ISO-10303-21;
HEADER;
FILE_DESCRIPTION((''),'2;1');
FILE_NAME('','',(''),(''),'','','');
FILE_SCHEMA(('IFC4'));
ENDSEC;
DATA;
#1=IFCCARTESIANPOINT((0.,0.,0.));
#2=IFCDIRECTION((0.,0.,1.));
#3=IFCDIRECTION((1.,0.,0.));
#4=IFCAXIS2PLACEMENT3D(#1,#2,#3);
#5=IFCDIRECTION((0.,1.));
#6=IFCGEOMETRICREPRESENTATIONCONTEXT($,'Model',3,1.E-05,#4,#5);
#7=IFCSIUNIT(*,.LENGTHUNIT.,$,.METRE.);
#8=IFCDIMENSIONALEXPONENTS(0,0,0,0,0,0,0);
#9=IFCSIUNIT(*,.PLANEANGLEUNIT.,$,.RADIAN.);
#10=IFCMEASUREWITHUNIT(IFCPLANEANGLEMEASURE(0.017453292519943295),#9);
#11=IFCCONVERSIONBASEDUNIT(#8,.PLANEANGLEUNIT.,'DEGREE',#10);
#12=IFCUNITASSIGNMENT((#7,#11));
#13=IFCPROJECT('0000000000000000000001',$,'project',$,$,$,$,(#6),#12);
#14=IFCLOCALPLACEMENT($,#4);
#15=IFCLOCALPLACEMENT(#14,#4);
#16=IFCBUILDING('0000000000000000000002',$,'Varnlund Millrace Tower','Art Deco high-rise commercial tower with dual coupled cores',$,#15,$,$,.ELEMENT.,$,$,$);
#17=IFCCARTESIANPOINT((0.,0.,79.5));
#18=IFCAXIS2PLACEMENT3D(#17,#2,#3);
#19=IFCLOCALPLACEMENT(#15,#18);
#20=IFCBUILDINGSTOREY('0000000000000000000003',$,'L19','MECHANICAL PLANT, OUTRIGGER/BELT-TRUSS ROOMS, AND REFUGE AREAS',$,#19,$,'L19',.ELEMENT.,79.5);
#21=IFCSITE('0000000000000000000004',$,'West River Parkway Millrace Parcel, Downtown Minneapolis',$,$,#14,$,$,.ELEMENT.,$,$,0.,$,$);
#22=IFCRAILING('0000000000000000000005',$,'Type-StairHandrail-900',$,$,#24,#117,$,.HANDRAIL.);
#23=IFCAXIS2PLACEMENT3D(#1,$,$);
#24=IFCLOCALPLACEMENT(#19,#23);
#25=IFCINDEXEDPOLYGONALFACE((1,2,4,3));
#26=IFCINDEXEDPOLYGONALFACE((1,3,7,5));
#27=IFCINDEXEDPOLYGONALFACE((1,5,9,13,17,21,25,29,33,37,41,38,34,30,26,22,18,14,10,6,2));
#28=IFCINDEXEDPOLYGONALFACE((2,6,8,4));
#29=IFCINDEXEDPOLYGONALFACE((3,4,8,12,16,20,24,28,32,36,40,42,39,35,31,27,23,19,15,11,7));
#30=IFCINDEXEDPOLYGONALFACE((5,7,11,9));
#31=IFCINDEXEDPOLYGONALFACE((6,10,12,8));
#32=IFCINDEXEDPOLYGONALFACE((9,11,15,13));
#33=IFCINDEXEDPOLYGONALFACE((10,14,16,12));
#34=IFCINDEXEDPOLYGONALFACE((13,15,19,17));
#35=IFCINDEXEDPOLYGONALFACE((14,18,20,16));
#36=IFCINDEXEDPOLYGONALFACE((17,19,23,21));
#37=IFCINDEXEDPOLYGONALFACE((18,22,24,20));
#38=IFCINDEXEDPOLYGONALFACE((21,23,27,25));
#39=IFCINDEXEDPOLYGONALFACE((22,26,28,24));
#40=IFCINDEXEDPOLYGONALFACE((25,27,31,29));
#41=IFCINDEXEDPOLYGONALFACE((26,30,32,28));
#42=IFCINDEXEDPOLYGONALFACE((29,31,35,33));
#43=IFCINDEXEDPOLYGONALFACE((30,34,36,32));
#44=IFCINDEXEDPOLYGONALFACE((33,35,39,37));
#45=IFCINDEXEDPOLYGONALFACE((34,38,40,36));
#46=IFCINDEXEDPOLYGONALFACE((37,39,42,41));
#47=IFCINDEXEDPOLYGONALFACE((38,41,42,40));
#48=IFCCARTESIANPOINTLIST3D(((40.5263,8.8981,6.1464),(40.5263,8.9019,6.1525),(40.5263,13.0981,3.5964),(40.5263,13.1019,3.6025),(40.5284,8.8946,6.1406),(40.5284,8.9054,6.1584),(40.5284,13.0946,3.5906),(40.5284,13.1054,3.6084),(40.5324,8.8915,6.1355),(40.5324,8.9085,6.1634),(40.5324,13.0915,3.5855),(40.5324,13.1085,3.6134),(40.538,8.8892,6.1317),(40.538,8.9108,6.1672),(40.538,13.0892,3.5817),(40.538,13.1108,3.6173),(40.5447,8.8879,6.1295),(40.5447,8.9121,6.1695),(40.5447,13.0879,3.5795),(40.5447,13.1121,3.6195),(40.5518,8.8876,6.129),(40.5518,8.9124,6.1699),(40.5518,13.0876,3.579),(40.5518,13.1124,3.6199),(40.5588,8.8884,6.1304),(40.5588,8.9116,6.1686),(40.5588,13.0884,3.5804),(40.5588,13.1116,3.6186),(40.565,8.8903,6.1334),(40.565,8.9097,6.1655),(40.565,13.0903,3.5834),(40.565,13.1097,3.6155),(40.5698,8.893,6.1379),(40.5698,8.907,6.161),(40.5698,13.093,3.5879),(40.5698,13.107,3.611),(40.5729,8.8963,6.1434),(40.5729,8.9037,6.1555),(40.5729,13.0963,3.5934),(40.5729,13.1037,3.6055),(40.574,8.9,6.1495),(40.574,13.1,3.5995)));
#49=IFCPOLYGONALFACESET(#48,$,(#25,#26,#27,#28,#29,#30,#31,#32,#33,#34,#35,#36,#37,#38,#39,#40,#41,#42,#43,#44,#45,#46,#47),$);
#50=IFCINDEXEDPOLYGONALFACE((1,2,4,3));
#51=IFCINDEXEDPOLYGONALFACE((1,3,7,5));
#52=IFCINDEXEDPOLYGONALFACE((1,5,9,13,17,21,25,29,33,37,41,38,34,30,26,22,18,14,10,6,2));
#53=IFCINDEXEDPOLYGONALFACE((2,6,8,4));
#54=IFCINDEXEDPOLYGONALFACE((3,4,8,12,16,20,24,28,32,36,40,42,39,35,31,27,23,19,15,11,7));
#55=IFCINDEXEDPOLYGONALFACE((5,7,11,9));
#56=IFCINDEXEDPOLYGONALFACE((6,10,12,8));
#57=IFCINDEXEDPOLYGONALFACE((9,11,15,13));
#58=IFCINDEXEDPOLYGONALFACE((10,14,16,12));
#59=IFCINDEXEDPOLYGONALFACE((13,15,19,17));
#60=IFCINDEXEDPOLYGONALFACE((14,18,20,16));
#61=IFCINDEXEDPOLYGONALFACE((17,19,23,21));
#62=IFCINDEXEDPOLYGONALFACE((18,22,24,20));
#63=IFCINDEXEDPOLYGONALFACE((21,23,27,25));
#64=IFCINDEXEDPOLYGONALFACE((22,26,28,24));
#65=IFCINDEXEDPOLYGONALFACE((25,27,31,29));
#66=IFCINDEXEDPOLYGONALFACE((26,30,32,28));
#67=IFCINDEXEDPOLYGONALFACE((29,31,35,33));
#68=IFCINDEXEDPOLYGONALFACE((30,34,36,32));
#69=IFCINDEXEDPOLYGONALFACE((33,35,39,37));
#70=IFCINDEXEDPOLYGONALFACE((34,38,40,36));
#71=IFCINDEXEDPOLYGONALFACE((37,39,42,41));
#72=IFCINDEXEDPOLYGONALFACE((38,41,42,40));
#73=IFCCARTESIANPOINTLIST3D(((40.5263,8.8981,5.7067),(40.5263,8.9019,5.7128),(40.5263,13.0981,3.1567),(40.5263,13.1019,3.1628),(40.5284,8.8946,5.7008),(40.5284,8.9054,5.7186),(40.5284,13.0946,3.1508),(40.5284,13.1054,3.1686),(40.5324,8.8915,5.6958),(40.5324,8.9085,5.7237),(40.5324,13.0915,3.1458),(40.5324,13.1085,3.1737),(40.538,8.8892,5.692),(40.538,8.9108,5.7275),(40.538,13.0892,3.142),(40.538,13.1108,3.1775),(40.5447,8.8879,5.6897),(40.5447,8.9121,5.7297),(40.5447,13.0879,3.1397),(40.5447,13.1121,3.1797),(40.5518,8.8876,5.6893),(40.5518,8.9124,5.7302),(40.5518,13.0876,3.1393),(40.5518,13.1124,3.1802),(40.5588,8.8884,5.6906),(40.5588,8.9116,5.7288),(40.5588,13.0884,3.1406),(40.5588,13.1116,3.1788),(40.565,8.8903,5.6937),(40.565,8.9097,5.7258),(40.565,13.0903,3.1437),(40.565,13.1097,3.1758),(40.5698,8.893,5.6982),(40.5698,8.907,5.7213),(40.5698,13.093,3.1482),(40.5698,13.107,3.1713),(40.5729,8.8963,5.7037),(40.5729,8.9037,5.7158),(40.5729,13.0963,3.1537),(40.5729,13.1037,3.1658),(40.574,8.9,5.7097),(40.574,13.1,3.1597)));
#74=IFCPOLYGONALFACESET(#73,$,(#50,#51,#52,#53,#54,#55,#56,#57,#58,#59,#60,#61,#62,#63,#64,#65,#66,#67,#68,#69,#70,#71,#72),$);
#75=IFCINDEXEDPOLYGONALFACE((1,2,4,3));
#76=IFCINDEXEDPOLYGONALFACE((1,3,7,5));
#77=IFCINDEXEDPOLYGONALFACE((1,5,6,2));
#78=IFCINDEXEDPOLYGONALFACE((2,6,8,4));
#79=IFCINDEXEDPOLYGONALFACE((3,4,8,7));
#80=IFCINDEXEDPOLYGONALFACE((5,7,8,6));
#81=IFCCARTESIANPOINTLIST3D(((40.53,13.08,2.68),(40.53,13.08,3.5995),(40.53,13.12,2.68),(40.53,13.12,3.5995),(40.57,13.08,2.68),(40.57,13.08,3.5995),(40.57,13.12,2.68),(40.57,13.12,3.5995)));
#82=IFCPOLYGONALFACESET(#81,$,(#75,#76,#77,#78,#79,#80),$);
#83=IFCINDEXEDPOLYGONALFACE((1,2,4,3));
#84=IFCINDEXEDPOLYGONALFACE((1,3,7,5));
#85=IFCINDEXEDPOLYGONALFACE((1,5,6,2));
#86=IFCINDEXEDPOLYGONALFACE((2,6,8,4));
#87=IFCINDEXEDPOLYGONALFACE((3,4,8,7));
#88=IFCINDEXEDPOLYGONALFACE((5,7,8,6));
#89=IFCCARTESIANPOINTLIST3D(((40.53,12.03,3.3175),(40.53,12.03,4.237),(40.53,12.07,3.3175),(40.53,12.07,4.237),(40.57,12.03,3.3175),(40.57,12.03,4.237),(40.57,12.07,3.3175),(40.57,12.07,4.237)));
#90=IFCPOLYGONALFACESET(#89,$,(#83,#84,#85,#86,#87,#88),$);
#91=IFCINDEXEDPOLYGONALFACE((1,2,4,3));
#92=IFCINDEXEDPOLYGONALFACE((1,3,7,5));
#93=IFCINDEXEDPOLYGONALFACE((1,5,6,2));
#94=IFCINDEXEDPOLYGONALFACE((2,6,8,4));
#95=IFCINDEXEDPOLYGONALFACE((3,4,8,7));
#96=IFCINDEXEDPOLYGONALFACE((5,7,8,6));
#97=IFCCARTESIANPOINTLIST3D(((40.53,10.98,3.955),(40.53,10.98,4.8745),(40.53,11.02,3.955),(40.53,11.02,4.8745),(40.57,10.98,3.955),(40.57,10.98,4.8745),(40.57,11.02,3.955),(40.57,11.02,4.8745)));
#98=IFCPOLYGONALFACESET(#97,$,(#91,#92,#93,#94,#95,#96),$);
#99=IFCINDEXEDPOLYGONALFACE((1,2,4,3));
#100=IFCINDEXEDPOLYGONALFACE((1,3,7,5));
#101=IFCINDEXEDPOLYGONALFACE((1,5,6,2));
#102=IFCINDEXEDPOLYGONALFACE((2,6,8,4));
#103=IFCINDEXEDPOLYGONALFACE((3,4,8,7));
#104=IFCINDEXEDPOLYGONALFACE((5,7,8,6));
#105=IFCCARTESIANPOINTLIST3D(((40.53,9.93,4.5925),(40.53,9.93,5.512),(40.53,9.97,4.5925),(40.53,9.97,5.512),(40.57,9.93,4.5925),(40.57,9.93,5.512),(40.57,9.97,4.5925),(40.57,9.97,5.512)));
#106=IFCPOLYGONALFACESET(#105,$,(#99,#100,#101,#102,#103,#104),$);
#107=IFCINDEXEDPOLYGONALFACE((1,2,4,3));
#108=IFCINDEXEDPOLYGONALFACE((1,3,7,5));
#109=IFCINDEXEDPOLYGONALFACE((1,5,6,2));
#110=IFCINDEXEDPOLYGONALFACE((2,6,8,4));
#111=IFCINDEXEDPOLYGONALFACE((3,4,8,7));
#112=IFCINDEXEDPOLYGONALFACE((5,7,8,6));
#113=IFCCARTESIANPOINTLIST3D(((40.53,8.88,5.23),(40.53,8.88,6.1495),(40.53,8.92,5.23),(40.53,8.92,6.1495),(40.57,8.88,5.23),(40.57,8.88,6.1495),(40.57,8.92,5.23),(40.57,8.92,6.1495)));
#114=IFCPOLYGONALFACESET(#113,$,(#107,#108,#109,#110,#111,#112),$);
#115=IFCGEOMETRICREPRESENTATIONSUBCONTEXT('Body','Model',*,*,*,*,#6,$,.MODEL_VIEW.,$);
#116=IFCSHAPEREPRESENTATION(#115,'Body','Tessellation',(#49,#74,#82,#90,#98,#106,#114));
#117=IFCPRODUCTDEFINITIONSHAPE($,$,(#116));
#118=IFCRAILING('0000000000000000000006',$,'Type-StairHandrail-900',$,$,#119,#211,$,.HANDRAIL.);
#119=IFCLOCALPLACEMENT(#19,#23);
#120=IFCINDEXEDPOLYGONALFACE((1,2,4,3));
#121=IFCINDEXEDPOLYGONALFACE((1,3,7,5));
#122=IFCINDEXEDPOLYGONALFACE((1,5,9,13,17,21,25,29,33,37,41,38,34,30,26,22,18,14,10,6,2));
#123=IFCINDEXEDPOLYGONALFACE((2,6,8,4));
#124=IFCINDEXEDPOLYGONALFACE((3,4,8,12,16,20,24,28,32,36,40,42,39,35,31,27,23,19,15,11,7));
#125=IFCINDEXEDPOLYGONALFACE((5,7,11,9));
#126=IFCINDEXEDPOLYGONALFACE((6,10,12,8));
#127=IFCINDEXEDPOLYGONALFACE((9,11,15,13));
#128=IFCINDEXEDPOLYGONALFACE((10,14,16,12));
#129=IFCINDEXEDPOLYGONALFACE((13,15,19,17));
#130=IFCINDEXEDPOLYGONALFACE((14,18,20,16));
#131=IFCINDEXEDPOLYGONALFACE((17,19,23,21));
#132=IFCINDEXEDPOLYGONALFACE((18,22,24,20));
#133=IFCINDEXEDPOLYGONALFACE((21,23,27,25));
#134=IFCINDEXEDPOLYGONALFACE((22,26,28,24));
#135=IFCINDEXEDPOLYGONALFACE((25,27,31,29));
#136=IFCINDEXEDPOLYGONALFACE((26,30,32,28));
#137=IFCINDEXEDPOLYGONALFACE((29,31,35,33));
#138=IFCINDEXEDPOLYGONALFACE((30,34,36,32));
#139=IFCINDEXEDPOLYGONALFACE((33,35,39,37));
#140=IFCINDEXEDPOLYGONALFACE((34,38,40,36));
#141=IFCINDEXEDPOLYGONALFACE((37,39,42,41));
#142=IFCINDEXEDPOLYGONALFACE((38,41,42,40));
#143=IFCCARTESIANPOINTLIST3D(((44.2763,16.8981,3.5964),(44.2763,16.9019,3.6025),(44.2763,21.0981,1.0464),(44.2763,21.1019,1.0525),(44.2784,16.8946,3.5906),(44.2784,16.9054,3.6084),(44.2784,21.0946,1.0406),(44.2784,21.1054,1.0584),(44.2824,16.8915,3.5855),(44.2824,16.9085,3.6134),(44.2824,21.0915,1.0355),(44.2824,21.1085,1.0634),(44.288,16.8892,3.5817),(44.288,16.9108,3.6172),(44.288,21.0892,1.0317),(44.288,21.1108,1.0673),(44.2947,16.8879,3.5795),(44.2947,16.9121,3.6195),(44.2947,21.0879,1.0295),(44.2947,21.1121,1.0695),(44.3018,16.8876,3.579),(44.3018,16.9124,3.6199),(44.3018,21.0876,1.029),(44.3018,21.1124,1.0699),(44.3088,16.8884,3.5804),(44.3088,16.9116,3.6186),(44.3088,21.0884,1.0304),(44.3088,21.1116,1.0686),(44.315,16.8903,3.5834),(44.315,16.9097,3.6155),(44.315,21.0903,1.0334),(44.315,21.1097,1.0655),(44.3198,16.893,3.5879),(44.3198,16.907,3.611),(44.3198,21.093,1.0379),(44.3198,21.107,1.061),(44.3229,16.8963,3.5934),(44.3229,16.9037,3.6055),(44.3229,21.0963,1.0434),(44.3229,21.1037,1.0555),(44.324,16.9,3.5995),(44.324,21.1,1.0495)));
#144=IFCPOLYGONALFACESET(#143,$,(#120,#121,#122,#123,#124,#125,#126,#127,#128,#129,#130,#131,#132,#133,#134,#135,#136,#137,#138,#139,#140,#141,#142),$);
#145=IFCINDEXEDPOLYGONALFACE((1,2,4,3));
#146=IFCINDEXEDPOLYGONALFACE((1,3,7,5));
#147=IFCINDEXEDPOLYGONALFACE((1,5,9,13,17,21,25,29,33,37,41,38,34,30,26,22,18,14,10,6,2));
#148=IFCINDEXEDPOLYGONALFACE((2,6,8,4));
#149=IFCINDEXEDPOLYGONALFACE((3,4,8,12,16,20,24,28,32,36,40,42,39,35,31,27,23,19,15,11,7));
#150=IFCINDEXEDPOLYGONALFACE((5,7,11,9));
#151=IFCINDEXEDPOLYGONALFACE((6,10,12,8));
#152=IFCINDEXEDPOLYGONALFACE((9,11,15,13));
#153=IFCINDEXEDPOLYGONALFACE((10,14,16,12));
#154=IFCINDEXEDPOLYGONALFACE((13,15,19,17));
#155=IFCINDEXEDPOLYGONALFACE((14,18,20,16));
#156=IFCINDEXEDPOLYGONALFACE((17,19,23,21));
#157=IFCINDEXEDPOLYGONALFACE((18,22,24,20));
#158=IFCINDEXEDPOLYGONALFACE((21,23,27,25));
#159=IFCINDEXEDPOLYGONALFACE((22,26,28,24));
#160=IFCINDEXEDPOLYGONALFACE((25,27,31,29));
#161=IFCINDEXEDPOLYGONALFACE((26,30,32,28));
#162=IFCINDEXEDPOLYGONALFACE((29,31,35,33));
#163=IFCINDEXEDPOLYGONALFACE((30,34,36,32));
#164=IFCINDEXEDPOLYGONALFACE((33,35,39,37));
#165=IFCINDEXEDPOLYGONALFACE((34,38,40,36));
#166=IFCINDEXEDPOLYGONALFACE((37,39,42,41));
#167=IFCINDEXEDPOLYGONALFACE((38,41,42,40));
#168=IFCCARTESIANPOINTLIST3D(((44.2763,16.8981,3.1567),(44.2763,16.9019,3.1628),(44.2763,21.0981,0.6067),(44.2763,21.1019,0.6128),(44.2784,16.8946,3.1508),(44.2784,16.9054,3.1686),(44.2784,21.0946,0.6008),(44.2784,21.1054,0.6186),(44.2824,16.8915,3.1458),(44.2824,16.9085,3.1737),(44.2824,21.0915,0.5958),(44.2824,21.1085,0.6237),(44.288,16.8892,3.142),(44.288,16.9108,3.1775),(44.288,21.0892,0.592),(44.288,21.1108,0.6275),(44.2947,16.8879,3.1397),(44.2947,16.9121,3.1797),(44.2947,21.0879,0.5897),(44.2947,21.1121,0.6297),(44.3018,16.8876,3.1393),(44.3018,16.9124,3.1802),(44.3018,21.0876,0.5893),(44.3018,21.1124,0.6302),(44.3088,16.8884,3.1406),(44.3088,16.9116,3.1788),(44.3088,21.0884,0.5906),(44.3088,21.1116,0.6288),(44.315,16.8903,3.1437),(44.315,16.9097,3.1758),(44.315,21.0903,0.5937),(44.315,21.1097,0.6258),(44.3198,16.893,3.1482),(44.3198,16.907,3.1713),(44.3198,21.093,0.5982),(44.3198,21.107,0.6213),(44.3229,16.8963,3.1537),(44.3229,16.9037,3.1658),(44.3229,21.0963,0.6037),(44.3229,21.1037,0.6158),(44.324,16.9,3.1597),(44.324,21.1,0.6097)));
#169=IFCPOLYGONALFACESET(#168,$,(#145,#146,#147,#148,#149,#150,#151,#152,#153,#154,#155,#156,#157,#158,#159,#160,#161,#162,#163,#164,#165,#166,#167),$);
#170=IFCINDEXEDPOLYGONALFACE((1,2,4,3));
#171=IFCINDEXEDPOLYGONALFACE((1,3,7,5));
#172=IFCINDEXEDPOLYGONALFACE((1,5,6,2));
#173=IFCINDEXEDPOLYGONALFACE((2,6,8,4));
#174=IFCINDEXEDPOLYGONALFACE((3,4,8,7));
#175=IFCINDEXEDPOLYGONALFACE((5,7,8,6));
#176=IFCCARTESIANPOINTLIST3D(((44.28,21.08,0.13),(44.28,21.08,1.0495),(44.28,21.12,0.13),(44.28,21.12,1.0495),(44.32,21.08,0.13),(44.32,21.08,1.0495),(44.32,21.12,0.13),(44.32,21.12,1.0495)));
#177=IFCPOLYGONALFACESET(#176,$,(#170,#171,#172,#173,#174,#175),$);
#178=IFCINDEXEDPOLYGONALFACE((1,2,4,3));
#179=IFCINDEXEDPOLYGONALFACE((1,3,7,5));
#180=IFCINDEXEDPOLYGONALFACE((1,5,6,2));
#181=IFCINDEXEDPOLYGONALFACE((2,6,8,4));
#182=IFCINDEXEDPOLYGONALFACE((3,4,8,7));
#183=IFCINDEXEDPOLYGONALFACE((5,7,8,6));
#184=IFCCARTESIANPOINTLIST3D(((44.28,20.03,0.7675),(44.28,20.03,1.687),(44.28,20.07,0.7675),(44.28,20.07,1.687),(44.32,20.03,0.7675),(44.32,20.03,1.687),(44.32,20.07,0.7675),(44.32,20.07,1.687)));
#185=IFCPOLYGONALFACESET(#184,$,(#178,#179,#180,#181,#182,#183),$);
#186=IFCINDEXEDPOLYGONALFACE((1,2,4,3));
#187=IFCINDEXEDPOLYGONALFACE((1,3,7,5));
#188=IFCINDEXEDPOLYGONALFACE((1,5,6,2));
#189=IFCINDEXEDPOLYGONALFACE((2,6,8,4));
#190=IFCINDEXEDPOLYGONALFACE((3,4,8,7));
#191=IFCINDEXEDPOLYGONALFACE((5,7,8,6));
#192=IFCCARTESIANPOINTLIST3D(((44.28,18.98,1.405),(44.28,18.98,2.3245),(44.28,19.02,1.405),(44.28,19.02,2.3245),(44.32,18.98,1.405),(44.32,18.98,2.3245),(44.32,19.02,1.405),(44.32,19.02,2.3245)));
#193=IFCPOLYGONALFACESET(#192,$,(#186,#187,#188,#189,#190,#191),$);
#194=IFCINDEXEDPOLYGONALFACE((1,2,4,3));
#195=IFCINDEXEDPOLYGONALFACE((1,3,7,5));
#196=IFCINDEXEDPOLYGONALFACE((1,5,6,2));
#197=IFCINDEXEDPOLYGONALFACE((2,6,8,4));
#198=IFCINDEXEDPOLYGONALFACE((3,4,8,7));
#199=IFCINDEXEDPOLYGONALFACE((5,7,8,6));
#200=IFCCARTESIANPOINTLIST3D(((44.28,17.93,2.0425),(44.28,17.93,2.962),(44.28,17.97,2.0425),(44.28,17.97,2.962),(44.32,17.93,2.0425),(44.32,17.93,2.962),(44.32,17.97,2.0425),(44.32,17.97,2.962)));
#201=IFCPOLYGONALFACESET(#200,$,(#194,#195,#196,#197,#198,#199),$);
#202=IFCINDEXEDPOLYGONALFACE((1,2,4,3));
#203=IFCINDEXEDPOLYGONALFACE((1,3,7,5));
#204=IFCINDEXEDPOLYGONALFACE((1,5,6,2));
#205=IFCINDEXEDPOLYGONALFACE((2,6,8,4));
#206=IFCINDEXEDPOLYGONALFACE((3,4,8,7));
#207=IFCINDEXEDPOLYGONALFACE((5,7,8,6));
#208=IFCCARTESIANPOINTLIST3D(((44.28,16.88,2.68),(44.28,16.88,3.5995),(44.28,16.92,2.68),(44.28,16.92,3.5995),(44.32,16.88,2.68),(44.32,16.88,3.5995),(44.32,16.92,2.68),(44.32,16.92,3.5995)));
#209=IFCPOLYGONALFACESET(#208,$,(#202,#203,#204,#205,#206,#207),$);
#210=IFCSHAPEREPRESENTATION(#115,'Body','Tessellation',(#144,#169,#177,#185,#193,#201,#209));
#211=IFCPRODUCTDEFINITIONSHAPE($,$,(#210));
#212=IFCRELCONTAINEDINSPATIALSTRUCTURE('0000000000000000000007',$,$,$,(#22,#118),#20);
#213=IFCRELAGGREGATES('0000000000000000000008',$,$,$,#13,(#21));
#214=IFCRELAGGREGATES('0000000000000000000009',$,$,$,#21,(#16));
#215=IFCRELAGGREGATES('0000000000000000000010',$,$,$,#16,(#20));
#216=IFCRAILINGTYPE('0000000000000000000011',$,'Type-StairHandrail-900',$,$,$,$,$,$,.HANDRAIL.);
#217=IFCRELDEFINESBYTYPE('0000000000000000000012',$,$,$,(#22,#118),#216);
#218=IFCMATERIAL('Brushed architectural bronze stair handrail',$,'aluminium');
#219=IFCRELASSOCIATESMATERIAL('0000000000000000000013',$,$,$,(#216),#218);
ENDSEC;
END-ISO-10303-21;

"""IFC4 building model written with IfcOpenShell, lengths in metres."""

from ifc_helpers import new_model, entity, si_unit, converted_unit, direction, frame, origin_with_axes, origin_2d_with_axis, place, context, subcontext, project, spatial, rectangle, circle, extrude, material, type_object, element, save


model = new_model("IFC4")

# Units and contexts
model_context = context("Model", 3, precision=1e-05, world=origin_with_axes(), true_north=direction((0.0, 1.0)))
body_context = subcontext(model_context, "Body", "Model", "MODEL_VIEW")
ifc_project = project(units=[si_unit("LENGTHUNIT", "METRE"), converted_unit("PLANEANGLEUNIT", "DEGREE", entity("IfcPlaneAngleMeasure", 0.017453292519943295), si_unit("PLANEANGLEUNIT", "RADIAN"), dimensions=[0, 0, 0, 0, 0, 0, 0])], contexts=[model_context])

# Site, building, storey
site_placement = place(None, origin_with_axes())
site = spatial("IfcSite", under=ifc_project, at=site_placement, Name="West River Parkway Millrace Parcel, Downtown Minneapolis", CompositionType="ELEMENT", RefElevation=0.0)
building_placement = place(site_placement, origin_with_axes())
building = spatial("IfcBuilding", under=site, at=building_placement, Name="Varnlund Millrace Tower", Description="Art Deco high-rise commercial tower with dual coupled cores", CompositionType="ELEMENT")
storey_placement = place(building_placement, frame((0.0, 0.0, 79.5), z_axis=(0.0, 0.0, 1.0), x_axis=(1.0, 0.0, 0.0)))
storey = spatial("IfcBuildingStorey", under=building, at=storey_placement, Name="L19", Description="MECHANICAL PLANT, OUTRIGGER/BELT-TRUSS ROOMS, AND REFUGE AREAS", LongName="L19", CompositionType="ELEMENT", Elevation=79.5)

# Railings
ifc_material_1 = material(Name="Brushed architectural bronze stair handrail", Category="aluminium")
railing_type_1 = type_object("IfcRailingType", Name="Type-StairHandrail-900", PredefinedType="HANDRAIL", material=ifc_material_1)
railing_1_placement = place(storey_placement, frame((0.0, 0.0, -79.5), z_axis=(0.0, 0.0, 1.0), x_axis=(1.0, 0.0, 0.0)))
element("IfcRailing", 1, at=railing_1_placement, inside=storey, type_object=railing_type_1, Name="Type-StairHandrail-900", PredefinedType="HANDRAIL", context=body_context, shape_type="SweptSolid", body=[
    extrude(circle(Radius=0.024, at=origin_2d_with_axis()), frame((40.55, 13.1, 83.0995), z_axis=(0.0, -0.854788, 0.518978), x_axis=(1.0, 0.0, 0.0)), (0.0, 0.0, 1.0), 4.9135),
    extrude(circle(Radius=0.024, at=origin_2d_with_axis()), frame((40.55, 13.1, 82.6597), z_axis=(0.0, -0.854788, 0.518978), x_axis=(1.0, 0.0, 0.0)), (0.0, 0.0, 1.0), 4.9135),
    extrude(rectangle(XDim=0.04, YDim=0.04, at=origin_2d_with_axis()), frame((40.55, 13.1, 82.18), z_axis=(0.0, 0.0, 1.0), x_axis=(1.0, 0.0, 0.0)), (0.0, 0.0, 1.0), 0.9195),
    extrude(rectangle(XDim=0.04, YDim=0.04, at=origin_2d_with_axis()), frame((40.55, 12.05, 82.8175), z_axis=(0.0, 0.0, 1.0), x_axis=(1.0, 0.0, 0.0)), (0.0, 0.0, 1.0), 0.9195),
    extrude(rectangle(XDim=0.04, YDim=0.04, at=origin_2d_with_axis()), frame((40.55, 11.0, 83.455), z_axis=(0.0, 0.0, 1.0), x_axis=(1.0, 0.0, 0.0)), (0.0, 0.0, 1.0), 0.9195),
    extrude(rectangle(XDim=0.04, YDim=0.04, at=origin_2d_with_axis()), frame((40.55, 9.95, 84.0925), z_axis=(0.0, 0.0, 1.0), x_axis=(1.0, 0.0, 0.0)), (0.0, 0.0, 1.0), 0.9195),
    extrude(rectangle(XDim=0.04, YDim=0.04, at=origin_2d_with_axis()), frame((40.55, 8.9, 84.73), z_axis=(0.0, 0.0, 1.0), x_axis=(1.0, 0.0, 0.0)), (0.0, 0.0, 1.0), 0.9195),
])
railing_2_placement = place(storey_placement, frame((0.0, 0.0, -79.5), z_axis=(0.0, 0.0, 1.0), x_axis=(1.0, 0.0, 0.0)))
element("IfcRailing", 2, at=railing_2_placement, inside=storey, type_object=railing_type_1, Name="Type-StairHandrail-900", PredefinedType="HANDRAIL", context=body_context, shape_type="SweptSolid", body=[
    extrude(circle(Radius=0.024, at=origin_2d_with_axis()), frame((44.3, 21.1, 80.5495), z_axis=(0.0, -0.854788, 0.518978), x_axis=(1.0, 0.0, 0.0)), (0.0, 0.0, 1.0), 4.9135),
    extrude(circle(Radius=0.024, at=origin_2d_with_axis()), frame((44.3, 21.1, 80.1097), z_axis=(0.0, -0.854788, 0.518978), x_axis=(1.0, 0.0, 0.0)), (0.0, 0.0, 1.0), 4.9135),
    extrude(rectangle(XDim=0.04, YDim=0.04, at=origin_2d_with_axis()), frame((44.3, 21.1, 79.63), z_axis=(0.0, 0.0, 1.0), x_axis=(1.0, 0.0, 0.0)), (0.0, 0.0, 1.0), 0.9195),
    extrude(rectangle(XDim=0.04, YDim=0.04, at=origin_2d_with_axis()), frame((44.3, 20.05, 80.2675), z_axis=(0.0, 0.0, 1.0), x_axis=(1.0, 0.0, 0.0)), (0.0, 0.0, 1.0), 0.9195),
    extrude(rectangle(XDim=0.04, YDim=0.04, at=origin_2d_with_axis()), frame((44.3, 19.0, 80.905), z_axis=(0.0, 0.0, 1.0), x_axis=(1.0, 0.0, 0.0)), (0.0, 0.0, 1.0), 0.9195),
    extrude(rectangle(XDim=0.04, YDim=0.04, at=origin_2d_with_axis()), frame((44.3, 17.95, 81.5425), z_axis=(0.0, 0.0, 1.0), x_axis=(1.0, 0.0, 0.0)), (0.0, 0.0, 1.0), 0.9195),
    extrude(rectangle(XDim=0.04, YDim=0.04, at=origin_2d_with_axis()), frame((44.3, 16.9, 82.18), z_axis=(0.0, 0.0, 1.0), x_axis=(1.0, 0.0, 0.0)), (0.0, 0.0, 1.0), 0.9195),
])

save(model, "model.ifc")
